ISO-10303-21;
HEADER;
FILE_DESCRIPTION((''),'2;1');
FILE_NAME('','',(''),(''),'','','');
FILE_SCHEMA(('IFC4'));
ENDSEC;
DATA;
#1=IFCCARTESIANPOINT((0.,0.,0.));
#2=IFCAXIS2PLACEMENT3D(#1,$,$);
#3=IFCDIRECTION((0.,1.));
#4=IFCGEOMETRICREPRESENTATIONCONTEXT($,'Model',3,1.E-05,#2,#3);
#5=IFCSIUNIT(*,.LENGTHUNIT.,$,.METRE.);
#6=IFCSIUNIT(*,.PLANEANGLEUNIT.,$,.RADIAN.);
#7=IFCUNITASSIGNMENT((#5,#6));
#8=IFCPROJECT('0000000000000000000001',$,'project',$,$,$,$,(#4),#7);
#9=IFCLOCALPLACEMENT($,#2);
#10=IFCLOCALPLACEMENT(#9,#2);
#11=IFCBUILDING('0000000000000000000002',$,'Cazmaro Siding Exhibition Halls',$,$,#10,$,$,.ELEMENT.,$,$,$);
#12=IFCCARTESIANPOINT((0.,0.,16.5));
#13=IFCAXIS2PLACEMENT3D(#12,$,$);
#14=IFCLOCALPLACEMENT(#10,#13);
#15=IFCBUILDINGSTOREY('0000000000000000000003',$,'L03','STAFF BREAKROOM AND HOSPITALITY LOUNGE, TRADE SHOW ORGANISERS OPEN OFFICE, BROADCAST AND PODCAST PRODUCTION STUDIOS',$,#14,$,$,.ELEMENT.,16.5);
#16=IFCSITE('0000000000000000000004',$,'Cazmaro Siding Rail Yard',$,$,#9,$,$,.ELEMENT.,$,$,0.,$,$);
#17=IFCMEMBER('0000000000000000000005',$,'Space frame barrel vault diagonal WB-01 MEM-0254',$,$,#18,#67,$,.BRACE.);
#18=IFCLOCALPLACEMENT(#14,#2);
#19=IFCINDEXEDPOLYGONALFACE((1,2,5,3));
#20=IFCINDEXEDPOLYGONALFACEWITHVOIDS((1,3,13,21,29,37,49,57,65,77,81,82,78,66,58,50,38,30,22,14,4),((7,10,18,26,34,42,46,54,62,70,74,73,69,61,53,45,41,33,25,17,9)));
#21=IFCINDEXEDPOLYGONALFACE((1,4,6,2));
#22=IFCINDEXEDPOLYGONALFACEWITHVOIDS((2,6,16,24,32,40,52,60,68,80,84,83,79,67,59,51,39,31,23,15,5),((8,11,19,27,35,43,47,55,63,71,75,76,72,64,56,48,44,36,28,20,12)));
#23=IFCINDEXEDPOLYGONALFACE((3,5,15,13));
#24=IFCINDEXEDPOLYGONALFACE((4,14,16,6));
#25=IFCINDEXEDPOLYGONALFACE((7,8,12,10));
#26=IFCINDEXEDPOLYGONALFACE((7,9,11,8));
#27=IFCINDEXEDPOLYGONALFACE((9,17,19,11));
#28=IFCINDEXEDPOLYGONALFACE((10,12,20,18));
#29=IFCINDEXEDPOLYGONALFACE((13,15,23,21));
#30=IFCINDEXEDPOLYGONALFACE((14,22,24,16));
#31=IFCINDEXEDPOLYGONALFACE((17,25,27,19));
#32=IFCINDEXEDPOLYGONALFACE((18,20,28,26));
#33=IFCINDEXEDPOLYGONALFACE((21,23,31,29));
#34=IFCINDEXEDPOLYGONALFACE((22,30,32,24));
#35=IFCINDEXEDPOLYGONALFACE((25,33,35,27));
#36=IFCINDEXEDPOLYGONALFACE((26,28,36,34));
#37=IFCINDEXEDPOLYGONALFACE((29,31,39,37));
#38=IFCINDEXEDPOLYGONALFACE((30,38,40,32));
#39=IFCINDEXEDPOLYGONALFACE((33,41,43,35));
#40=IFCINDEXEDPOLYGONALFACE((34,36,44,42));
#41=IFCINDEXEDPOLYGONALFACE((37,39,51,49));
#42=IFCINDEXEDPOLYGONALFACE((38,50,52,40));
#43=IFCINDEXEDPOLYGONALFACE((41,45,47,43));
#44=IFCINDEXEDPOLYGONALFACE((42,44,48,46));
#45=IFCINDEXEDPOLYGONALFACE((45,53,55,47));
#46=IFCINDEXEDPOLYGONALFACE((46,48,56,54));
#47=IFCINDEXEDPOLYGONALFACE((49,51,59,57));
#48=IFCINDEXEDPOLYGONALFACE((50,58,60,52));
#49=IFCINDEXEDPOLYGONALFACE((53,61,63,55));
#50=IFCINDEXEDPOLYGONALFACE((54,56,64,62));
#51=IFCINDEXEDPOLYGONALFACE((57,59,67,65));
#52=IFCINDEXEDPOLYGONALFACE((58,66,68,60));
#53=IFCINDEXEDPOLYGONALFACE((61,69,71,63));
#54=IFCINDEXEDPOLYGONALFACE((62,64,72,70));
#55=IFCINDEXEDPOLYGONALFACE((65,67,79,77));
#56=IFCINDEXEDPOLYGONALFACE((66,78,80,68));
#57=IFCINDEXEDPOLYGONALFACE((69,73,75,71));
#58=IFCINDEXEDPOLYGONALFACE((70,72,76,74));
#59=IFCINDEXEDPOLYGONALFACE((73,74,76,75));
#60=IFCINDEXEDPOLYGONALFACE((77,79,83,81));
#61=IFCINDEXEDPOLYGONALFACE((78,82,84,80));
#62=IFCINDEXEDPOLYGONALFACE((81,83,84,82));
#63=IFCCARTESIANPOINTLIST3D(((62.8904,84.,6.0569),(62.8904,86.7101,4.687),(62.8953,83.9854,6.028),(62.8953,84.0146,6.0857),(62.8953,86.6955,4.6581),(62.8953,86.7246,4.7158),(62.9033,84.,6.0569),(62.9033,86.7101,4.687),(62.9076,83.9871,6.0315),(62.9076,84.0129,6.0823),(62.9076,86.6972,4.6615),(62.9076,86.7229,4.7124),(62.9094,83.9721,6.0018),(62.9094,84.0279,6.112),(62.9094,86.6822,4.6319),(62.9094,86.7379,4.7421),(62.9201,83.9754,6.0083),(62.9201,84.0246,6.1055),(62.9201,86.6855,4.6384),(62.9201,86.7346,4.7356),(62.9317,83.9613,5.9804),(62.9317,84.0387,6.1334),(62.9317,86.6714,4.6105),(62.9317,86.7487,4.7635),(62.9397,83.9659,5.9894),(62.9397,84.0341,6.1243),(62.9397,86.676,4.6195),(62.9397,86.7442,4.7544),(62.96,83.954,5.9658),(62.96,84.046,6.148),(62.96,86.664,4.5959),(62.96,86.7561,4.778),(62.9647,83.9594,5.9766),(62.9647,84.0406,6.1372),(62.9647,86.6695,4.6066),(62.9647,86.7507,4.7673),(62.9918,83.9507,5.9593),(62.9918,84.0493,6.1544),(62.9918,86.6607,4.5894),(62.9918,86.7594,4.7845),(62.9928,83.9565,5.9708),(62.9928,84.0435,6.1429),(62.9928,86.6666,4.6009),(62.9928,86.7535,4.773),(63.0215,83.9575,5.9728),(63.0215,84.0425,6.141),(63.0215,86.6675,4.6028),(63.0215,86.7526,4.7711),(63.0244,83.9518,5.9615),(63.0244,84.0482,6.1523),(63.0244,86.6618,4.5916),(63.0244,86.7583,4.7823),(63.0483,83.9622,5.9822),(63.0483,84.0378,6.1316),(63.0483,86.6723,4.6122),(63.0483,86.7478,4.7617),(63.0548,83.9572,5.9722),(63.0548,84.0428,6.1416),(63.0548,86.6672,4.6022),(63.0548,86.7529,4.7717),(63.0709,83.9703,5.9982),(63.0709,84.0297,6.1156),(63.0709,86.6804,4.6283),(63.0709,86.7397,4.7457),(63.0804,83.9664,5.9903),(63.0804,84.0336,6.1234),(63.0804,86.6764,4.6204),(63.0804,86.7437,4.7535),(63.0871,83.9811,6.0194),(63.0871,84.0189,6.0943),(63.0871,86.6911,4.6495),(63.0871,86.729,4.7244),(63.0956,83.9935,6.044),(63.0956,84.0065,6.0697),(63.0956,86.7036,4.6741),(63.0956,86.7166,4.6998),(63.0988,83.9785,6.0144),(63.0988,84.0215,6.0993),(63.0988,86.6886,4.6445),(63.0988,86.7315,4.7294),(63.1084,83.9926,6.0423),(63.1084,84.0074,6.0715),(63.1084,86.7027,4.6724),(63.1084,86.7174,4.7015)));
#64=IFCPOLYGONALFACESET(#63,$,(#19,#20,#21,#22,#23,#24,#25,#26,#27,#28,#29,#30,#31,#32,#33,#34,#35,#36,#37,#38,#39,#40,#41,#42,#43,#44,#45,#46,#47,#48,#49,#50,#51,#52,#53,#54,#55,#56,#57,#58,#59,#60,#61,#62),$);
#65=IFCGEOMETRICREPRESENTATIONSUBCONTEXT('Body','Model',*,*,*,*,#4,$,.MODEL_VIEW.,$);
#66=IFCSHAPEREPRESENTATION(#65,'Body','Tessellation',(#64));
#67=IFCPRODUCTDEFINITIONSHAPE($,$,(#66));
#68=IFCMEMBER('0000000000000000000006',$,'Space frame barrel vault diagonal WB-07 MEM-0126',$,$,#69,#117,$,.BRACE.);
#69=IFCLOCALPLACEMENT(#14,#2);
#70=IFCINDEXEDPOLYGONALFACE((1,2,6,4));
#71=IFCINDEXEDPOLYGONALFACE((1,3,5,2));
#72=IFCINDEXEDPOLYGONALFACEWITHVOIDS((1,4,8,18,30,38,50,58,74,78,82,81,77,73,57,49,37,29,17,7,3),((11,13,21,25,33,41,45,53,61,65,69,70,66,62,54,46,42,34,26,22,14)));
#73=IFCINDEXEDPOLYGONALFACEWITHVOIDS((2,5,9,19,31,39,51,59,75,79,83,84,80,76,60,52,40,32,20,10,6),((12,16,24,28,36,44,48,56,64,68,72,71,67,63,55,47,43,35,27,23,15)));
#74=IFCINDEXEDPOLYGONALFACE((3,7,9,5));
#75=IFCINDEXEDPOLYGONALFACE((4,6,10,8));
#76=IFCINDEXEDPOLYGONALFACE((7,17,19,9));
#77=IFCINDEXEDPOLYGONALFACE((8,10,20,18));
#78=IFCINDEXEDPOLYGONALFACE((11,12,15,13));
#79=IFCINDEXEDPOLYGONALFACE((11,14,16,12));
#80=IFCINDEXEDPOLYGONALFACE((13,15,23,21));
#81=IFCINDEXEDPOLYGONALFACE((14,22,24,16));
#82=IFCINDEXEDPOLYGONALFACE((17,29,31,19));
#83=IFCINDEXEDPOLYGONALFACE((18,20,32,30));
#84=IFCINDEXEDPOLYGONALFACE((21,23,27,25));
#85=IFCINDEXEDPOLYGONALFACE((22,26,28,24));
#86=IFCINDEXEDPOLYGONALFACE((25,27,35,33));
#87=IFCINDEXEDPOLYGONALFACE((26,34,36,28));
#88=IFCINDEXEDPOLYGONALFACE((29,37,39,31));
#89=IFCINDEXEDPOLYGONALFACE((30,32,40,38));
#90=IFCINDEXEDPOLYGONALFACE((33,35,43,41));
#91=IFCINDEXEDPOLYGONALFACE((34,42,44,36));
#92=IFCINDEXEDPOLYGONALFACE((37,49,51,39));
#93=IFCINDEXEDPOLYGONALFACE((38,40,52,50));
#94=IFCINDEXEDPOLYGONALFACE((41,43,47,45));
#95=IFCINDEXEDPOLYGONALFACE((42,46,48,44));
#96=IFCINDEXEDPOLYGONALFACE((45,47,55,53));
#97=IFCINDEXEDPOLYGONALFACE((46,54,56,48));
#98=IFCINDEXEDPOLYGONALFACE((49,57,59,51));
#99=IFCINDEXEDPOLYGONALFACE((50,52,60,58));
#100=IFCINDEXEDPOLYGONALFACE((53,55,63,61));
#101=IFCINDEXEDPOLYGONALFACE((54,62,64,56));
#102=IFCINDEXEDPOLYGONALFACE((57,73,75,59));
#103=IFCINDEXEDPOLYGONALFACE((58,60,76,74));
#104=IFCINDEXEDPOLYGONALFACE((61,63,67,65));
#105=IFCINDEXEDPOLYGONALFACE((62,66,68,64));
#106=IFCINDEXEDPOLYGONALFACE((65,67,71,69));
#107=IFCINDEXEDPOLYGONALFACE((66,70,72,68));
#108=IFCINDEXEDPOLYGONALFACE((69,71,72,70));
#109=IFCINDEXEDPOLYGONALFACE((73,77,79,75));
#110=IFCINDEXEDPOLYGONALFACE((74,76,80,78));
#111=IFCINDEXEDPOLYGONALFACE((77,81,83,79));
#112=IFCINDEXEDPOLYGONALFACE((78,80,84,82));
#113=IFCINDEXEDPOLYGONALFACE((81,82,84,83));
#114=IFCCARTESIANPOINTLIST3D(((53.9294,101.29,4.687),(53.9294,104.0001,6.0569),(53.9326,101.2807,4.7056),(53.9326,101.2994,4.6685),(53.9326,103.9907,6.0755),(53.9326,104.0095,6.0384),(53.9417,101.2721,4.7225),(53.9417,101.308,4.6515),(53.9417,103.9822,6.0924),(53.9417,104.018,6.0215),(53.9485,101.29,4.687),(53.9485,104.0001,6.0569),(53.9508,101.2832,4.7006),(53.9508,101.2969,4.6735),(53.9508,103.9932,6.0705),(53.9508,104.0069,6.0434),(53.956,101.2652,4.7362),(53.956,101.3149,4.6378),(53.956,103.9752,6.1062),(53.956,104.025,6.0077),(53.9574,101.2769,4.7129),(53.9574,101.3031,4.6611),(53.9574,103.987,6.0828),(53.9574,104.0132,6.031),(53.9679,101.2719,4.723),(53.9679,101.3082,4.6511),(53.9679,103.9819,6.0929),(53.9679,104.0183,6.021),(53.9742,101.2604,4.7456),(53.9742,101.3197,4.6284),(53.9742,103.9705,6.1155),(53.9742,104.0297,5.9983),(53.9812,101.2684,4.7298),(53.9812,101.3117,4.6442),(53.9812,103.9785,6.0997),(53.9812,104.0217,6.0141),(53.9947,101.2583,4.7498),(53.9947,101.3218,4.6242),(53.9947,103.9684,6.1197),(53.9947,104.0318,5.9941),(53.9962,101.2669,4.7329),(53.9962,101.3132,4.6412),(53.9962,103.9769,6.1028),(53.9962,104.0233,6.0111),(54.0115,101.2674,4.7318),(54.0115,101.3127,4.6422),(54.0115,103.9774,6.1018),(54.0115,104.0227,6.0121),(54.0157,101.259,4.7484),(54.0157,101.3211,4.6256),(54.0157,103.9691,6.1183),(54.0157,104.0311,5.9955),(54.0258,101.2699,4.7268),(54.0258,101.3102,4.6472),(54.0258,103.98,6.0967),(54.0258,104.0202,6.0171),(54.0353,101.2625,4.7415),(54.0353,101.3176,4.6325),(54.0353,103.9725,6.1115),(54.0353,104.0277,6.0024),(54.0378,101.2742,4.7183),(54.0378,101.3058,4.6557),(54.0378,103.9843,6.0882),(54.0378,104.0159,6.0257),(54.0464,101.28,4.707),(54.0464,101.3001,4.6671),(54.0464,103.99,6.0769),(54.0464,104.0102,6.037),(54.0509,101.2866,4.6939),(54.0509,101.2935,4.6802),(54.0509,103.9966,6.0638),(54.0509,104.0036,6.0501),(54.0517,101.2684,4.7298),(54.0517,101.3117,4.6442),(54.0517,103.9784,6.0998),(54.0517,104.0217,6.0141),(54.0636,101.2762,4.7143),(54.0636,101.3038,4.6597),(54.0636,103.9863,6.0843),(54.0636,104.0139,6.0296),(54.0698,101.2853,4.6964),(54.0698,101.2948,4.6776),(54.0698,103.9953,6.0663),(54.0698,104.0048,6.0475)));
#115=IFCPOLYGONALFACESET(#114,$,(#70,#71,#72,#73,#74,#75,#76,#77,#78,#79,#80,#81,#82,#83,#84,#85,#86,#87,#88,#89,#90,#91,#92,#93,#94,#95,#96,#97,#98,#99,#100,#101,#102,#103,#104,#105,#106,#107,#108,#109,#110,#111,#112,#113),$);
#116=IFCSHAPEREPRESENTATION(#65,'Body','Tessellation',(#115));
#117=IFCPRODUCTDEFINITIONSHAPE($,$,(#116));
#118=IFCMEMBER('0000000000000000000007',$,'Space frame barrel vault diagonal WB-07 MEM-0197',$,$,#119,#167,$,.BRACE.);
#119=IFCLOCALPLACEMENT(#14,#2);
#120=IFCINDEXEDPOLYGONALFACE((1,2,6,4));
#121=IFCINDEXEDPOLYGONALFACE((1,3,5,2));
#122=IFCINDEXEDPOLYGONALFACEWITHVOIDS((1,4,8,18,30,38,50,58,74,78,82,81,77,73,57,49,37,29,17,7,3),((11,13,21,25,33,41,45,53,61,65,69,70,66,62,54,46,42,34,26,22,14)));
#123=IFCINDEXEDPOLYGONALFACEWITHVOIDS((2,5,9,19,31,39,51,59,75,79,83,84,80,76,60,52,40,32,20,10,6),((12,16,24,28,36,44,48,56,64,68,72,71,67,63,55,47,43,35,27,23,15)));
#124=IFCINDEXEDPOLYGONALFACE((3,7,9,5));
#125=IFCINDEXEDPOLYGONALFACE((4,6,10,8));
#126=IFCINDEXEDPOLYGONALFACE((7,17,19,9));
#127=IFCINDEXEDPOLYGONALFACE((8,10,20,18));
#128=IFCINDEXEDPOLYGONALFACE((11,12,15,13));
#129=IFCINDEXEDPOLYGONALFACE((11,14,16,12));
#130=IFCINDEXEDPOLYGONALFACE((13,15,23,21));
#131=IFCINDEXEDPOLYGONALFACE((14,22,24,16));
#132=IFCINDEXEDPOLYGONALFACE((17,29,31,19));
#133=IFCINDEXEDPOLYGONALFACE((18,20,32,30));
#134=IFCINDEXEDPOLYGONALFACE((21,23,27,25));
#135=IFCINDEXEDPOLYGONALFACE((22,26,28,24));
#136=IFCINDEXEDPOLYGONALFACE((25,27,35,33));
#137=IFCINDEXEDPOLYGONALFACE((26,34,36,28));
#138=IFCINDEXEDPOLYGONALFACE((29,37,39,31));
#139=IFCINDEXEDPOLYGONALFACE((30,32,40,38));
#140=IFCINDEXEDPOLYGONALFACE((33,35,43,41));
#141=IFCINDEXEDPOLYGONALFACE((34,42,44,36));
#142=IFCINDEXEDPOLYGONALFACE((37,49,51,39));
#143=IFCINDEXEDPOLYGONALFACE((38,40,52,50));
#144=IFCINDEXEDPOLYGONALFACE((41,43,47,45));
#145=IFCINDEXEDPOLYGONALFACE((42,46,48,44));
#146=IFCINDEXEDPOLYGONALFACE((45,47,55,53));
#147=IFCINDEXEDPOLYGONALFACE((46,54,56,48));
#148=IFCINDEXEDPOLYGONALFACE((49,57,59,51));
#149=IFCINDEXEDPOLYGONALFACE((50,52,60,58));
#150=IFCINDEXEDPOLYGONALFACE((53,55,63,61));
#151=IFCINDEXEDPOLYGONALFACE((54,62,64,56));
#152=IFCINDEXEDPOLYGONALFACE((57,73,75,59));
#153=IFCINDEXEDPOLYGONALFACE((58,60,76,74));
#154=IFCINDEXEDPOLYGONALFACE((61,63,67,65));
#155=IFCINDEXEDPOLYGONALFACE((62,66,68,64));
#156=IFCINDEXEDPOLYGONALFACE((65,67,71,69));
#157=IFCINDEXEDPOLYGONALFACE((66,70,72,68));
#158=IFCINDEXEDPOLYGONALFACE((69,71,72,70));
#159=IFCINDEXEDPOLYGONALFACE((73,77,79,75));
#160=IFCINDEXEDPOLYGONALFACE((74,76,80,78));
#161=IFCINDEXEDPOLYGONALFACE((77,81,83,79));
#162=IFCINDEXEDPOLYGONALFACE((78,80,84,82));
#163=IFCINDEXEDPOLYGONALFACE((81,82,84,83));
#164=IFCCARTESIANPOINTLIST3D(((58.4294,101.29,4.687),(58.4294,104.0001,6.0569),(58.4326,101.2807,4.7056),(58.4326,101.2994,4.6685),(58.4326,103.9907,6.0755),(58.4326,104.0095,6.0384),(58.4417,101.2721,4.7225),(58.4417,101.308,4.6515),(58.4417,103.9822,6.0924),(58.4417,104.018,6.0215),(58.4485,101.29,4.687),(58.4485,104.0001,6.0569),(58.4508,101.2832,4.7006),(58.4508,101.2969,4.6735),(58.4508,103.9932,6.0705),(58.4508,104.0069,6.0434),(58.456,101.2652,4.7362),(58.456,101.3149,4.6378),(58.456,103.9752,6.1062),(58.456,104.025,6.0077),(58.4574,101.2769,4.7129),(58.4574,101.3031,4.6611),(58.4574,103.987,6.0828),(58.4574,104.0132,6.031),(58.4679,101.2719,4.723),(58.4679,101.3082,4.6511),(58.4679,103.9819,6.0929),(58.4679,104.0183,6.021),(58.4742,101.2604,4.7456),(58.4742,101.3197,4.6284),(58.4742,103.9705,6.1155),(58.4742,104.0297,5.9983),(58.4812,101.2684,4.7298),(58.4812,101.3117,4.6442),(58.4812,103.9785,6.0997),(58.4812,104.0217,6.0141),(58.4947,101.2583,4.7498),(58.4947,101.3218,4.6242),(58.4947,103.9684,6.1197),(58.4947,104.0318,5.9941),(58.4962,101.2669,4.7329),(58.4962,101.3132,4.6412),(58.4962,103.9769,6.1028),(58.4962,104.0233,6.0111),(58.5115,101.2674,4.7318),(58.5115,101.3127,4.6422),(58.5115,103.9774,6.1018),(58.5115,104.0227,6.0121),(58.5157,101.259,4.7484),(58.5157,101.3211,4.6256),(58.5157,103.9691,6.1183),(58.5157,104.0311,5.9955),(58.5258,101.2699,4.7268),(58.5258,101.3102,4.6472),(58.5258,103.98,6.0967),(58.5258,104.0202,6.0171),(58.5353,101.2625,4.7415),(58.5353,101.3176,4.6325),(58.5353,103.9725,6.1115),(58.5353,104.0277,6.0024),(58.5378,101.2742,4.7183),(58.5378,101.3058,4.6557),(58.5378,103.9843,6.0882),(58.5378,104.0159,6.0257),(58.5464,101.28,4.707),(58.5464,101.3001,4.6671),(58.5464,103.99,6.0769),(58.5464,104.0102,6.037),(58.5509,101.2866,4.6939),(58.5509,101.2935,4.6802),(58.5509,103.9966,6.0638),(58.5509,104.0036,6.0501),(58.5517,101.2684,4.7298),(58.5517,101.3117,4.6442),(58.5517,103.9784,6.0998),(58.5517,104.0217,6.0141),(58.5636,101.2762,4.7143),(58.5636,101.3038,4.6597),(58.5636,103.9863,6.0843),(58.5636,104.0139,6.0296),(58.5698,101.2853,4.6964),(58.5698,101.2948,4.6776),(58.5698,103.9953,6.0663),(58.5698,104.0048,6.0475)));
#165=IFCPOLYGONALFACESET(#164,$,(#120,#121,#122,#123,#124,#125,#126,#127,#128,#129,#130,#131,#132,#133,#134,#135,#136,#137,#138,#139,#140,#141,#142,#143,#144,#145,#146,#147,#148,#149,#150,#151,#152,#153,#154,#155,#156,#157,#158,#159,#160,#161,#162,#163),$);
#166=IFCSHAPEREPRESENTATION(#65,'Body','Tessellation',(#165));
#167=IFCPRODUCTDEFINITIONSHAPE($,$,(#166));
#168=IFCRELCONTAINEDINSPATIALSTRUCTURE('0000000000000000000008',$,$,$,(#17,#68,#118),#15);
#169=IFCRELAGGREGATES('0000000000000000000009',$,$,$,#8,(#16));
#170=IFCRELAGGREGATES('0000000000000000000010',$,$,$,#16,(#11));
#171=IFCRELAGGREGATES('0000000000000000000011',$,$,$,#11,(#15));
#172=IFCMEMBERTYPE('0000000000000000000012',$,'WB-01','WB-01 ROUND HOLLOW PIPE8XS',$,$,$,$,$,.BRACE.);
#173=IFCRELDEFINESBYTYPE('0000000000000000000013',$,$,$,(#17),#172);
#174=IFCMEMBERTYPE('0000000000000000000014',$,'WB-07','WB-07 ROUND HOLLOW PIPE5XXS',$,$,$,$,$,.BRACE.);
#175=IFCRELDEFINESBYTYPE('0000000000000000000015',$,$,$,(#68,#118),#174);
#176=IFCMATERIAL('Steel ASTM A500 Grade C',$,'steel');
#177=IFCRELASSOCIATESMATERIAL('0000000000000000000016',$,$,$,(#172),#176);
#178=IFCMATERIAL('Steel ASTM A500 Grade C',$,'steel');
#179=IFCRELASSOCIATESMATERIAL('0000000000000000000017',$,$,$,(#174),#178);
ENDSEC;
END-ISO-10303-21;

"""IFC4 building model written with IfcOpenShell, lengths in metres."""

from ifc_helpers import new_model, si_unit, direction, frame, origin, origin_2d, place, context, subcontext, project, spatial, hollow_circle, extrude, material, material_profile, profile_set, type_object, element, save


model = new_model("IFC4")

# Units and contexts
model_context = context("Model", 3, precision=1e-05, world=origin(), true_north=direction((0.0, 1.0)))
body_context = subcontext(model_context, "Body", "Model", "MODEL_VIEW")
ifc_project = project(units=[si_unit("LENGTHUNIT", "METRE"), si_unit("PLANEANGLEUNIT", "RADIAN")], contexts=[model_context])

# Site, building, storey
site_placement = place(None, origin())
site = spatial("IfcSite", under=ifc_project, at=site_placement, Name="Cazmaro Siding Rail Yard", CompositionType="ELEMENT", RefElevation=0.0)
building_placement = place(site_placement, origin())
building = spatial("IfcBuilding", under=site, at=building_placement, Name="Cazmaro Siding Exhibition Halls", CompositionType="ELEMENT")
storey_placement = place(building_placement, frame((0.0, 0.0, 16.5)))
storey = spatial("IfcBuildingStorey", under=building, at=storey_placement, Name="L03", Description="STAFF BREAKROOM AND HOSPITALITY LOUNGE, TRADE SHOW ORGANISERS OPEN OFFICE, BROADCAST AND PODCAST PRODUCTION STUDIOS", CompositionType="ELEMENT", Elevation=16.5)

# Members
ifc_material_1 = material(Name="Steel ASTM A500 Grade C", Category="steel")
ifc_material_profile_1 = material_profile(ifc_material_1, hollow_circle(Radius=0.1096, WallThickness=0.0129, at=origin_2d()), Name="PIPE8XS")
ifc_profile_set_1 = profile_set([ifc_material_profile_1], Name="Steel ASTM A500 Grade C")
member_type_1 = type_object("IfcMemberType", Name="WB-01", Description="WB-01 ROUND HOLLOW PIPE8XS", PredefinedType="BRACE", material=ifc_profile_set_1)
for number, where, z_axis, x_axis, name in (
    (1, (63.0, 84.0, 6.0569), (0.0, 0.892457, -0.451133), (-1.0, 0.0, 0.0), "Space frame barrel vault diagonal WB-01 MEM-0254"),
):
    element("IfcMember", number, at=place(storey_placement, frame(where, z_axis=z_axis, x_axis=x_axis)), inside=storey, type_object=member_type_1, Name=name, PredefinedType="BRACE", context=body_context, shape_type="SweptSolid", body=[
        extrude(hollow_circle(Radius=0.1096, WallThickness=0.0129, at=origin_2d()), origin(), (0.0, 0.0, 1.0), 3.0366),
    ])
ifc_material_2 = material(Name="Steel ASTM A500 Grade C", Category="steel")
ifc_material_profile_2 = material_profile(ifc_material_2, hollow_circle(Radius=0.0706, WallThickness=0.019, at=origin_2d()), Name="PIPE5XXS")
ifc_profile_set_2 = profile_set([ifc_material_profile_2], Name="Steel ASTM A500 Grade C")
member_type_2 = type_object("IfcMemberType", Name="WB-07", Description="WB-07 ROUND HOLLOW PIPE5XXS", PredefinedType="BRACE", material=ifc_profile_set_2)
for number, where, z_axis, x_axis, name in (
    (2, (54.0, 101.29, 4.687), (0.0, 0.892457, 0.451133), (-1.0, 0.0, 0.0), "Space frame barrel vault diagonal WB-07 MEM-0126"),
    (3, (58.5, 101.29, 4.687), (0.0, 0.892457, 0.451133), (-1.0, 0.0, 0.0), "Space frame barrel vault diagonal WB-07 MEM-0197"),
):
    element("IfcMember", number, at=place(storey_placement, frame(where, z_axis=z_axis, x_axis=x_axis)), inside=storey, type_object=member_type_2, Name=name, PredefinedType="BRACE", context=body_context, shape_type="SweptSolid", body=[
        extrude(hollow_circle(Radius=0.0706, WallThickness=0.019, at=origin_2d()), origin(), (0.0, 0.0, 1.0), 3.0366),
    ])

save(model, "model.ifc")
